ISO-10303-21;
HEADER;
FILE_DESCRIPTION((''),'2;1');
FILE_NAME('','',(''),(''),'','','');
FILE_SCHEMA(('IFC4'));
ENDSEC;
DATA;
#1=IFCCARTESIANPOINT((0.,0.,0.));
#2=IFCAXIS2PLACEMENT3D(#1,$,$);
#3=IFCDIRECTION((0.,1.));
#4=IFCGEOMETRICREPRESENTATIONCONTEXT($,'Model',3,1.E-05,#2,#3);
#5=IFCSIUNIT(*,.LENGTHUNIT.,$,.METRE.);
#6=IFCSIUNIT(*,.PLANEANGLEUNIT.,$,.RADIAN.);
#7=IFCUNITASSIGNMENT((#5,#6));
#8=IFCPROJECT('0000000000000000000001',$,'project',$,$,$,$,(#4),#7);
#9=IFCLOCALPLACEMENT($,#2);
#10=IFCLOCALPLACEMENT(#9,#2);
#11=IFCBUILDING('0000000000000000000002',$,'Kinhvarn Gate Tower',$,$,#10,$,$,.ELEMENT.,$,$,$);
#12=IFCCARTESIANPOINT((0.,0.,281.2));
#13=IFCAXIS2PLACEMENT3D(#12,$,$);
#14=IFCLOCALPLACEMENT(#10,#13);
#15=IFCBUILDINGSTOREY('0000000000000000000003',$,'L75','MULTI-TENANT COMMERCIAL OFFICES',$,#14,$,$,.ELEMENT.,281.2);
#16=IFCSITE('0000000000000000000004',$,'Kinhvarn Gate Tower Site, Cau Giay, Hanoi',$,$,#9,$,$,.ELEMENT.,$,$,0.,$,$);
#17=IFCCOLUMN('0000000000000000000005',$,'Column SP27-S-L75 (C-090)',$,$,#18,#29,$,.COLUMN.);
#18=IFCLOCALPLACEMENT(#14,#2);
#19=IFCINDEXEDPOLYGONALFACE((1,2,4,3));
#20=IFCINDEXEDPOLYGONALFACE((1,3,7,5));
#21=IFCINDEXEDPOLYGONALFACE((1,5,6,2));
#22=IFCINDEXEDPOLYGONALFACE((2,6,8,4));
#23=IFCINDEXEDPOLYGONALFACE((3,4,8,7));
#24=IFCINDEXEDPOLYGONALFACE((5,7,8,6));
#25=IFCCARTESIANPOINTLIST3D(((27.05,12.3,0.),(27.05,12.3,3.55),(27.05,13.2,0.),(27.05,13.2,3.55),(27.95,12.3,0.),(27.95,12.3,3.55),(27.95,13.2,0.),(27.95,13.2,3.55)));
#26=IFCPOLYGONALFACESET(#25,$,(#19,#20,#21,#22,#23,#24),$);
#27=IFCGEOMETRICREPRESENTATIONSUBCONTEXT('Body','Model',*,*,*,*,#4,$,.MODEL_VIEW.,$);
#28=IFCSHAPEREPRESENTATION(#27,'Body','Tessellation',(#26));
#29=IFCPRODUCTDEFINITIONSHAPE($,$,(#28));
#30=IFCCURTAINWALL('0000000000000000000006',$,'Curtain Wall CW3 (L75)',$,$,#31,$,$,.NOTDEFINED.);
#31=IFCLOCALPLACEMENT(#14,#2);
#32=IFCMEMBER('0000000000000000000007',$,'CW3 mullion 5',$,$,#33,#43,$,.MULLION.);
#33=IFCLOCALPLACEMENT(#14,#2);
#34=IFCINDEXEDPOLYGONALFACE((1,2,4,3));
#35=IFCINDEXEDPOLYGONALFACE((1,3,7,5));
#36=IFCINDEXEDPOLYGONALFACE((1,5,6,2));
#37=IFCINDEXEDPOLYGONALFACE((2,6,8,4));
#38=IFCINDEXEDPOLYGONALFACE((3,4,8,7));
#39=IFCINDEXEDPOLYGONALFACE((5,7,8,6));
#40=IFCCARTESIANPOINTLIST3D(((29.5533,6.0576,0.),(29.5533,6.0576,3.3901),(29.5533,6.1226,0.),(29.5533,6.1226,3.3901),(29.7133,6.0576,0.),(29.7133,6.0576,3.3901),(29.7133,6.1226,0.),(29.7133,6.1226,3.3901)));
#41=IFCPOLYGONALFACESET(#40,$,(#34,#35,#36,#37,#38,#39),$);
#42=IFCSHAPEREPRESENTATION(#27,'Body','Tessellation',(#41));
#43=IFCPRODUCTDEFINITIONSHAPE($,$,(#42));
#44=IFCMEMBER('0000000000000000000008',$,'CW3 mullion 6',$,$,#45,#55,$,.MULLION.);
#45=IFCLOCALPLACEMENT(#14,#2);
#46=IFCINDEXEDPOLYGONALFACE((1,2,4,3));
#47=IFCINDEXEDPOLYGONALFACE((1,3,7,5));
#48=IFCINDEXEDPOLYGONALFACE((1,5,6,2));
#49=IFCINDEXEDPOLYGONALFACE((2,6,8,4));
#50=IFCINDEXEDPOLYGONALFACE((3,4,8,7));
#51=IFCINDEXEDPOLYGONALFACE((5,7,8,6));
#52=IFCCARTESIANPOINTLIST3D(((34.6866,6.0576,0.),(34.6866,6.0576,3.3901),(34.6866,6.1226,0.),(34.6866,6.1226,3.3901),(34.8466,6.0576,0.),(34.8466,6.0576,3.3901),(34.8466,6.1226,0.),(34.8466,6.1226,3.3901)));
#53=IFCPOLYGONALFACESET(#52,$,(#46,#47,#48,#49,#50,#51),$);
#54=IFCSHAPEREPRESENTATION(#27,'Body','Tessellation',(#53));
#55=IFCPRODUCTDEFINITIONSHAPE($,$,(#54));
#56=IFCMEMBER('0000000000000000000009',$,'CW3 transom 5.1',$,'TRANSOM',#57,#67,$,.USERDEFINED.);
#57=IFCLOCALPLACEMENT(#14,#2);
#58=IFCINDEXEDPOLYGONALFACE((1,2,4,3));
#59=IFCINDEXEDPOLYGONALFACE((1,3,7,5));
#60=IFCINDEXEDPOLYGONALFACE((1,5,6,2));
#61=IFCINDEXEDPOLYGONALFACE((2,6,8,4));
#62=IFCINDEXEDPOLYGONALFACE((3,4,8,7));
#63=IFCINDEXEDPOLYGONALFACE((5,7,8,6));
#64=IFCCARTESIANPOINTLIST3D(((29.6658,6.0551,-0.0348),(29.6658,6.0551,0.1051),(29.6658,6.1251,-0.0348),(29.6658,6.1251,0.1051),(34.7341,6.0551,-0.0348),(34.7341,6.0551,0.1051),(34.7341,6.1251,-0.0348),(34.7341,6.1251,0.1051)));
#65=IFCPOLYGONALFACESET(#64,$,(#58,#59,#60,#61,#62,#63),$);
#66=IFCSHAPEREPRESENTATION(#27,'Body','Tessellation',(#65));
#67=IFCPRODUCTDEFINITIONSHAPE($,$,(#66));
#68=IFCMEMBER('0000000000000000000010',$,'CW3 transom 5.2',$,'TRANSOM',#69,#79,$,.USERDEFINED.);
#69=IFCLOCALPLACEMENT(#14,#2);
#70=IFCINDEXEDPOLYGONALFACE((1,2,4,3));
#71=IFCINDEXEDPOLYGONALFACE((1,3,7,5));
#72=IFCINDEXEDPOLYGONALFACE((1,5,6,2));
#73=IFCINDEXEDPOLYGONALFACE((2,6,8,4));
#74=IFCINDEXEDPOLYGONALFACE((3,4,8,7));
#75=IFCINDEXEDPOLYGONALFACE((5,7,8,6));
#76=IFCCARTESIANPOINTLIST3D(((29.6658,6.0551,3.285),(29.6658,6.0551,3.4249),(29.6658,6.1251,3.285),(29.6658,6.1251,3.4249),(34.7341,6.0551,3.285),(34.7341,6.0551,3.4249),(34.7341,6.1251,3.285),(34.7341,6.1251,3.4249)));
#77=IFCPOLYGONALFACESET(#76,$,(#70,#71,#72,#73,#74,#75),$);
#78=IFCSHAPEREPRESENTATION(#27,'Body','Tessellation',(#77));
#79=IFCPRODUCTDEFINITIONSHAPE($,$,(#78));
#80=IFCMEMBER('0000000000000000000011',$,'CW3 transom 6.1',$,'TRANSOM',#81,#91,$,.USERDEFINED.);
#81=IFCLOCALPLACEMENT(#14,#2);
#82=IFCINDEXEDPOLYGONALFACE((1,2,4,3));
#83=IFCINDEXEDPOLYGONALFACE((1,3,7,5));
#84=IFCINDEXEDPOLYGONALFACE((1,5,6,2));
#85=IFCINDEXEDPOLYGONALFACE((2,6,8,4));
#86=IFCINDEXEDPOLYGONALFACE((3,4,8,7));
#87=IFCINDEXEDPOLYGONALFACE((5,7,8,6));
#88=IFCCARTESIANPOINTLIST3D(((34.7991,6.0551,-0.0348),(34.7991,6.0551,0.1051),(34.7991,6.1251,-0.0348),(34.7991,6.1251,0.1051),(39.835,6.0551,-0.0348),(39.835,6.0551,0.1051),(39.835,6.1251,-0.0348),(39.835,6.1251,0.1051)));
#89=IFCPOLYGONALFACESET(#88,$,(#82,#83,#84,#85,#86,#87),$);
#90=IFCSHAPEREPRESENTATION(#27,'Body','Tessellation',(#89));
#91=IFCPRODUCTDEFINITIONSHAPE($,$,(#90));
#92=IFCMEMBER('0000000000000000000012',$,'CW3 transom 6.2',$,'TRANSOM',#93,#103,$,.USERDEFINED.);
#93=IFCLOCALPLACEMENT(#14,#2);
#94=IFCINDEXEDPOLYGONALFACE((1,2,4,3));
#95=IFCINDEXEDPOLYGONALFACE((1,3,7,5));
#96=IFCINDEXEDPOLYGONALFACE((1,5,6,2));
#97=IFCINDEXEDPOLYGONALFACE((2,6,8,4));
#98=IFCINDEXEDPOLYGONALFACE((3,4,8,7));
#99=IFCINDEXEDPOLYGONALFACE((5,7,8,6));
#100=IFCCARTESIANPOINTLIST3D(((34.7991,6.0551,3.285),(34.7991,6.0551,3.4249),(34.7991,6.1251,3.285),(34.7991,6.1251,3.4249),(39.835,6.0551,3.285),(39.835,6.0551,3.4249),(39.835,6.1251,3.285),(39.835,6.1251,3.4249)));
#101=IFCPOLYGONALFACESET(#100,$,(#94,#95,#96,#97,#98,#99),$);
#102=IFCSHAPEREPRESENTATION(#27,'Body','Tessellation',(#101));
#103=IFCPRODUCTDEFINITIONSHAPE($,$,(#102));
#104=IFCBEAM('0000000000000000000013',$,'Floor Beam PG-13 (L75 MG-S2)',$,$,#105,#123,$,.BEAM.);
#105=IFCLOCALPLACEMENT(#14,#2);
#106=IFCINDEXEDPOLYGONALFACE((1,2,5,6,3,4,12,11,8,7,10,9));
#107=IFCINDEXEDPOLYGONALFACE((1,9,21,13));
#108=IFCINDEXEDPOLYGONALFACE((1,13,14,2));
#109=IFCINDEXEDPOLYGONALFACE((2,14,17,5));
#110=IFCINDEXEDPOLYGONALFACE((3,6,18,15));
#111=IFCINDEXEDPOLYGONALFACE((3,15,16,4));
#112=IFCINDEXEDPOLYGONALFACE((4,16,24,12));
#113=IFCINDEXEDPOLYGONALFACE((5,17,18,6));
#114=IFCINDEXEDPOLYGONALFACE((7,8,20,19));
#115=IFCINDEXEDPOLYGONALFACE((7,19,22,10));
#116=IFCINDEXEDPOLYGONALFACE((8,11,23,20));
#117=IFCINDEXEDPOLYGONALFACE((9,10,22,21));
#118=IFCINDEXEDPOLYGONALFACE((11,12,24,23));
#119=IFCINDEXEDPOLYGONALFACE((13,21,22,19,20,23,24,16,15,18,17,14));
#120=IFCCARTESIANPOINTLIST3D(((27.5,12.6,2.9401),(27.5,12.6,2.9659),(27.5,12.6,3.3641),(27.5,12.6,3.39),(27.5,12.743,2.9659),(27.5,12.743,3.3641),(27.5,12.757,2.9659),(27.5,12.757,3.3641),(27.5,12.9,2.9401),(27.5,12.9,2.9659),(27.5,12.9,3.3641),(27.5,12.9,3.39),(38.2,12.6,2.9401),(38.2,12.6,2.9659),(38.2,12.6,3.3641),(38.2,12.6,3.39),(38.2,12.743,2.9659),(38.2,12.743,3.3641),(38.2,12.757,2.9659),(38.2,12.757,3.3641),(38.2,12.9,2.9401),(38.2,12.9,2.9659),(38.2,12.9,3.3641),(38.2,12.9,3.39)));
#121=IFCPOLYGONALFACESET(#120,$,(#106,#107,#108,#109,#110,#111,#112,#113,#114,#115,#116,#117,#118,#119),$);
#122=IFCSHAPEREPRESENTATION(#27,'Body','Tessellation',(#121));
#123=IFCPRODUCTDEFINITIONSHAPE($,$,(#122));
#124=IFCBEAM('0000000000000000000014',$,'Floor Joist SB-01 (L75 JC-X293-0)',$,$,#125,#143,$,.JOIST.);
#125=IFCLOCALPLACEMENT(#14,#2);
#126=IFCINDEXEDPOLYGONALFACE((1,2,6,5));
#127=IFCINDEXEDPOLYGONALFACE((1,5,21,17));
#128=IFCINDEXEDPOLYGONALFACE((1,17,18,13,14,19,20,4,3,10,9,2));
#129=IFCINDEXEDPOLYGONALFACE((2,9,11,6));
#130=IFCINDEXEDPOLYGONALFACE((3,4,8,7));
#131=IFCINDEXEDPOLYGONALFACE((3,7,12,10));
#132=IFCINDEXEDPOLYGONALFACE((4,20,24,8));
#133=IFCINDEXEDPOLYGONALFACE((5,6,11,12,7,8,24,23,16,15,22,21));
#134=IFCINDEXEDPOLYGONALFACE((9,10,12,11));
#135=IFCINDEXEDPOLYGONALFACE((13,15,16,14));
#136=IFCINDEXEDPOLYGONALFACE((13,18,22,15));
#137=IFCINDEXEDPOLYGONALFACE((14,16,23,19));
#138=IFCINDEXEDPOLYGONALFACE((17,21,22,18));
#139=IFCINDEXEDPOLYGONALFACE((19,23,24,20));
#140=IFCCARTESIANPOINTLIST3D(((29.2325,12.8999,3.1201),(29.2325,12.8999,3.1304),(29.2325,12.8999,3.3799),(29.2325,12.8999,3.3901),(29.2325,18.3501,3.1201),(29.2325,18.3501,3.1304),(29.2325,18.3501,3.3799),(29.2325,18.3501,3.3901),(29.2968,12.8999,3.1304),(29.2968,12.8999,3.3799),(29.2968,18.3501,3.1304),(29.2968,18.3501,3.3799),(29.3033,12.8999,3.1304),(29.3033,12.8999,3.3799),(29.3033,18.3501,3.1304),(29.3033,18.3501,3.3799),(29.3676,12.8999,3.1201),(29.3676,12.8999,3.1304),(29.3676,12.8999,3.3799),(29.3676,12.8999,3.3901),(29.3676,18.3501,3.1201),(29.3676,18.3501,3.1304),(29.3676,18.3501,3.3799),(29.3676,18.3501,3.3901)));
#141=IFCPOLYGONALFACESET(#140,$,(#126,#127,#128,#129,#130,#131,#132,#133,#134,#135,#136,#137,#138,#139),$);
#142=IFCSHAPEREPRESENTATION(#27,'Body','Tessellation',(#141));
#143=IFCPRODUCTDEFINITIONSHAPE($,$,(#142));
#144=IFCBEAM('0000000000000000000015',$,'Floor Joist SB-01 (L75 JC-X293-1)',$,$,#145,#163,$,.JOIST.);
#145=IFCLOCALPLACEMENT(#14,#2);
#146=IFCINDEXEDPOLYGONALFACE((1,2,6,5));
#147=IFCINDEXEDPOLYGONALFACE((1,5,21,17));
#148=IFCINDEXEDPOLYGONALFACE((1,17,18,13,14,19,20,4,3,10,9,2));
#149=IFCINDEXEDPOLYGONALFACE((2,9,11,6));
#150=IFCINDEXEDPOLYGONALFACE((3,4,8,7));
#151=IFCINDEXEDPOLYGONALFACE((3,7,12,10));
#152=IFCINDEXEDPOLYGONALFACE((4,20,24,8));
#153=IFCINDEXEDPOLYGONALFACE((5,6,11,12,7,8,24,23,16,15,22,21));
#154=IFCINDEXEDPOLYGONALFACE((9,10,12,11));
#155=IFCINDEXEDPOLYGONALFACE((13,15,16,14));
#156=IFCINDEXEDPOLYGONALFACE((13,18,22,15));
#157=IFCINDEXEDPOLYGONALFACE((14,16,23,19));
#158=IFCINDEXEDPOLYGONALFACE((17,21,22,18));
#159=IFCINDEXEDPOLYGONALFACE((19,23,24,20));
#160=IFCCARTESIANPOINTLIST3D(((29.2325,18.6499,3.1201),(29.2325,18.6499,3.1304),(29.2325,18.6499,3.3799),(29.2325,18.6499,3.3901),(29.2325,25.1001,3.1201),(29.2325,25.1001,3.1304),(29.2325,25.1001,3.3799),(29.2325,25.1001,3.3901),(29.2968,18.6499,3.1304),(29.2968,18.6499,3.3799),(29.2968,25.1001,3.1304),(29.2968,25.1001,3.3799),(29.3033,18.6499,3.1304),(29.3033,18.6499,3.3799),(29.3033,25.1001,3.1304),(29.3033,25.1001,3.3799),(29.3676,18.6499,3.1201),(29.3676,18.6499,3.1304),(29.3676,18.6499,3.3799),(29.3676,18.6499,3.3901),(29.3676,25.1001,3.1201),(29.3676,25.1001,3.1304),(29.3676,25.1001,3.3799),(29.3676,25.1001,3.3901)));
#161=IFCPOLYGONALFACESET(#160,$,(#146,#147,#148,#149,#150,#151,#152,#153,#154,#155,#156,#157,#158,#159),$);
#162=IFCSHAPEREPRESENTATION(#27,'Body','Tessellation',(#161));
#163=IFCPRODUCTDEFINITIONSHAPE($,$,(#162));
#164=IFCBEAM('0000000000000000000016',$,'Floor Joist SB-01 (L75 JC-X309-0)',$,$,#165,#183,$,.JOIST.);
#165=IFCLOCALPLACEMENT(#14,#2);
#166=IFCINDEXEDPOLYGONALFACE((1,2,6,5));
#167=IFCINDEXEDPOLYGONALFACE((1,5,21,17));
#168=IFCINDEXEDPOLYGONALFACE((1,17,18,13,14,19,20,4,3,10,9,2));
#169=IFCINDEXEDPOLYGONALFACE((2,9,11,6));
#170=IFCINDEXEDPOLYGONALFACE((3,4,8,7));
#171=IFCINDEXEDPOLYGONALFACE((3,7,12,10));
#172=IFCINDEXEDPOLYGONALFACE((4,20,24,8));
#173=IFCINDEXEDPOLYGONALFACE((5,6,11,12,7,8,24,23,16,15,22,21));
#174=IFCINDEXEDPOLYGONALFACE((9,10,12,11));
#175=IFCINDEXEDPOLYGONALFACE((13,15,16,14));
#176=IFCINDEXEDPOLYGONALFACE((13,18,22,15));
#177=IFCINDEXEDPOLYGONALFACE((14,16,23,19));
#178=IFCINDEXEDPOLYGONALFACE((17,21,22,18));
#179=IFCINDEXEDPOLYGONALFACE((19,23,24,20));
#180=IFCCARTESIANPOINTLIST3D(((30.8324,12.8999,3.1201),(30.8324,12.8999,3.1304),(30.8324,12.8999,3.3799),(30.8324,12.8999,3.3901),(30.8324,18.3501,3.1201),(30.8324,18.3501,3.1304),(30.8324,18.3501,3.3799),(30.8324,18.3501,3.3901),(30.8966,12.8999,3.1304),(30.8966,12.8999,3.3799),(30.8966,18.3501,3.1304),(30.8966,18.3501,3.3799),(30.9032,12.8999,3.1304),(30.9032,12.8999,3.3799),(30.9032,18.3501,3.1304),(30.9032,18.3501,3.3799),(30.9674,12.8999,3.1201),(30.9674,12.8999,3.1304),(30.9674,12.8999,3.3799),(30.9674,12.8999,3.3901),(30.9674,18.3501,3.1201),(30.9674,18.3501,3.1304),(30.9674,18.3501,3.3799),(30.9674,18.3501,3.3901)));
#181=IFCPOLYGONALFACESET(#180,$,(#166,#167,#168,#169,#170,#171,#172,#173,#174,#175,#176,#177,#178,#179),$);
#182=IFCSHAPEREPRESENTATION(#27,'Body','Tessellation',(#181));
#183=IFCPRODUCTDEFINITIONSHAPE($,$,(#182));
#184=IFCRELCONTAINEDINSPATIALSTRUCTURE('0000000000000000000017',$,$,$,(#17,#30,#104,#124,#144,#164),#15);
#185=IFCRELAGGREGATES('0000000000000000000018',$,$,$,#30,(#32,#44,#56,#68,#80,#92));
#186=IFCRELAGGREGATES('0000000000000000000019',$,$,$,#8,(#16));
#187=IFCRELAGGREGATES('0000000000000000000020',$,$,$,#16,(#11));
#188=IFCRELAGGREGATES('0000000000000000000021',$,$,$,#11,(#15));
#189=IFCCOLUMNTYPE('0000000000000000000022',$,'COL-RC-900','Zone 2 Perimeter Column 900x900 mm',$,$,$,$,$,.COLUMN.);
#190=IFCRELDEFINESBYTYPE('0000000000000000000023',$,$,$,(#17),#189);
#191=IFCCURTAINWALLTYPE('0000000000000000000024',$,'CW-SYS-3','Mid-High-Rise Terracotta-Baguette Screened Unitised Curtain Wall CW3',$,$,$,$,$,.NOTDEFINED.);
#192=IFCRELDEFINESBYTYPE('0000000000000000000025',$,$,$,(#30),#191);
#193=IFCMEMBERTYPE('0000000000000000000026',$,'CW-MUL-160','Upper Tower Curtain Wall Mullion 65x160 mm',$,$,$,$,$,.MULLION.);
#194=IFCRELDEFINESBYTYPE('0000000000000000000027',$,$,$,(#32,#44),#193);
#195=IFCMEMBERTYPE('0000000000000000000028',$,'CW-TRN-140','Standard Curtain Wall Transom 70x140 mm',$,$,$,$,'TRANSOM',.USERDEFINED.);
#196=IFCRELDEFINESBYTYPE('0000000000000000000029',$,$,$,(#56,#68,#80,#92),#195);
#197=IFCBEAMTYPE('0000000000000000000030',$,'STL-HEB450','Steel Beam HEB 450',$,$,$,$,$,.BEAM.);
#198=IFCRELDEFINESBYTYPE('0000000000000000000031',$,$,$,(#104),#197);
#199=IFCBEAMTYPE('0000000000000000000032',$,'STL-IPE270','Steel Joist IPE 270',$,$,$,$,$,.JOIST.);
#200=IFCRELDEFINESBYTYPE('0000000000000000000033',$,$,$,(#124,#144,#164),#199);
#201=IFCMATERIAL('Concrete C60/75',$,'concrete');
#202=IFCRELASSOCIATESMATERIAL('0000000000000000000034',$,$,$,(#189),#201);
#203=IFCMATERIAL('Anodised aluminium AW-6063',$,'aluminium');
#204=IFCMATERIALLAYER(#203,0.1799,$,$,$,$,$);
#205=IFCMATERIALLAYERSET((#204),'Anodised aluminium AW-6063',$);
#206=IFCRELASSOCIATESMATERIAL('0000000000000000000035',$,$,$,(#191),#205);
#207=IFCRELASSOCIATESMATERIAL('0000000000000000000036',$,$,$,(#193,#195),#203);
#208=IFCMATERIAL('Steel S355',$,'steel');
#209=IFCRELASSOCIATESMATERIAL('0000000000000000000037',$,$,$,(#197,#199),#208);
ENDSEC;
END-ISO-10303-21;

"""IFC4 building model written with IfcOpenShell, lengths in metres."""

from ifc_helpers import new_model, si_unit, direction, frame, origin, origin_2d, place, context, subcontext, project, spatial, rectangle, i_section, extrude, material, layer, layer_set, material_profile, profile_set, type_object, element, aggregate, save


model = new_model("IFC4")

# Units and contexts
model_context = context("Model", 3, precision=1e-05, world=origin(), true_north=direction((0.0, 1.0)))
body_context = subcontext(model_context, "Body", "Model", "MODEL_VIEW")
ifc_project = project(units=[si_unit("LENGTHUNIT", "METRE"), si_unit("PLANEANGLEUNIT", "RADIAN")], contexts=[model_context])

# Site, building, storey
site_placement = place(None, origin())
site = spatial("IfcSite", under=ifc_project, at=site_placement, Name="Kinhvarn Gate Tower Site, Cau Giay, Hanoi", CompositionType="ELEMENT", RefElevation=0.0)
building_placement = place(site_placement, origin())
building = spatial("IfcBuilding", under=site, at=building_placement, Name="Kinhvarn Gate Tower", CompositionType="ELEMENT")
storey_placement = place(building_placement, frame((0.0, 0.0, 281.2)))
storey = spatial("IfcBuildingStorey", under=building, at=storey_placement, Name="L75", Description="MULTI-TENANT COMMERCIAL OFFICES", CompositionType="ELEMENT", Elevation=281.2)

# Column
ifc_material_1 = material(Name="Concrete C60/75", Category="concrete")
ifc_material_profile_1 = material_profile(ifc_material_1, rectangle(XDim=0.8999, YDim=0.8999, at=origin_2d()), Name="RC 900x900")
ifc_profile_set_1 = profile_set([ifc_material_profile_1], Name="Concrete C60/75")
column_type = type_object("IfcColumnType", Name="COL-RC-900", Description="Zone 2 Perimeter Column 900x900 mm", PredefinedType="COLUMN", material=ifc_profile_set_1)
column_placement = place(storey_placement, frame((27.5, 12.75, 0.0), z_axis=(0.0, 0.0, 1.0), x_axis=(1.0, 0.0, 0.0)))
element("IfcColumn", 1, at=column_placement, inside=storey, type_object=column_type, Name="Column SP27-S-L75 (C-090)", PredefinedType="COLUMN", context=body_context, shape_type="SweptSolid", body=[
    extrude(rectangle(XDim=0.8999, YDim=0.8999, at=origin_2d()), origin(), (0.0, 0.0, 1.0), 3.55),
])

# Curtain wall, members
ifc_material_2 = material(Name="Anodised aluminium AW-6063", Category="aluminium")
ifc_layer_1 = layer(ifc_material_2, 0.1799)
ifc_layer_set_1 = layer_set([ifc_layer_1], Name="Anodised aluminium AW-6063")
curtain_wall_type = type_object("IfcCurtainWallType", Name="CW-SYS-3", Description="Mid-High-Rise Terracotta-Baguette Screened Unitised Curtain Wall CW3", PredefinedType="NOTDEFINED", material=ifc_layer_set_1)
curtain_wall_placement = place(storey_placement, origin())
curtain_wall = element("IfcCurtainWall", 2, at=curtain_wall_placement, inside=storey, type_object=curtain_wall_type, Name="Curtain Wall CW3 (L75)", PredefinedType="NOTDEFINED")
ifc_material_profile_2 = material_profile(ifc_material_2, rectangle(XDim=0.0649, YDim=0.1599, at=origin_2d()), Name="ALU 65x160")
ifc_profile_set_2 = profile_set([ifc_material_profile_2], Name="Anodised aluminium AW-6063")
member_type_1 = type_object("IfcMemberType", Name="CW-MUL-160", Description="Upper Tower Curtain Wall Mullion 65x160 mm", PredefinedType="MULLION", material=ifc_profile_set_2)
member_1_placement = place(storey_placement, frame((29.6333, 6.0901, 0.0), z_axis=(0.0, 0.0, 1.0), x_axis=(0.0, 1.0, 0.0)))
member_1 = element("IfcMember", 3, at=member_1_placement, type_object=member_type_1, Name="CW3 mullion 5", PredefinedType="MULLION", context=body_context, shape_type="SweptSolid", body=[
    extrude(rectangle(XDim=0.0649, YDim=0.1599, at=origin_2d()), origin(), (0.0, 0.0, 1.0), 3.3901),
])
member_2_placement = place(storey_placement, frame((34.7666, 6.0901, 0.0), z_axis=(0.0, 0.0, 1.0), x_axis=(0.0, 1.0, 0.0)))
member_2 = element("IfcMember", 4, at=member_2_placement, type_object=member_type_1, Name="CW3 mullion 6", PredefinedType="MULLION", context=body_context, shape_type="SweptSolid", body=[
    extrude(rectangle(XDim=0.0649, YDim=0.1599, at=origin_2d()), origin(), (0.0, 0.0, 1.0), 3.3901),
])
ifc_material_profile_3 = material_profile(ifc_material_2, rectangle(XDim=0.0701, YDim=0.1399, at=origin_2d()), Name="ALU 70x140")
ifc_profile_set_3 = profile_set([ifc_material_profile_3], Name="Anodised aluminium AW-6063")
member_type_2 = type_object("IfcMemberType", Name="CW-TRN-140", Description="Standard Curtain Wall Transom 70x140 mm", ElementType="TRANSOM", PredefinedType="USERDEFINED", material=ifc_profile_set_3)
member_3_placement = place(storey_placement, frame((29.6658, 6.0901, 0.0352), z_axis=(1.0, 0.0, 0.0), x_axis=(0.0, 1.0, 0.0)))
member_3 = element("IfcMember", 5, at=member_3_placement, type_object=member_type_2, Name="CW3 transom 5.1", ObjectType="TRANSOM", PredefinedType="USERDEFINED", context=body_context, shape_type="SweptSolid", body=[
    extrude(rectangle(XDim=0.0701, YDim=0.1399, at=origin_2d()), origin(), (0.0, 0.0, 1.0), 5.0684),
])
member_4_placement = place(storey_placement, frame((29.6658, 6.0901, 3.355), z_axis=(1.0, 0.0, 0.0), x_axis=(0.0, 1.0, 0.0)))
member_4 = element("IfcMember", 6, at=member_4_placement, type_object=member_type_2, Name="CW3 transom 5.2", ObjectType="TRANSOM", PredefinedType="USERDEFINED", context=body_context, shape_type="SweptSolid", body=[
    extrude(rectangle(XDim=0.0701, YDim=0.1399, at=origin_2d()), origin(), (0.0, 0.0, 1.0), 5.0684),
])
member_5_placement = place(storey_placement, frame((34.7991, 6.0901, 0.0352), z_axis=(1.0, 0.0, 0.0), x_axis=(0.0, 1.0, 0.0)))
member_5 = element("IfcMember", 7, at=member_5_placement, type_object=member_type_2, Name="CW3 transom 6.1", ObjectType="TRANSOM", PredefinedType="USERDEFINED", context=body_context, shape_type="SweptSolid", body=[
    extrude(rectangle(XDim=0.0701, YDim=0.1399, at=origin_2d()), origin(), (0.0, 0.0, 1.0), 5.0359),
])
member_6_placement = place(storey_placement, frame((34.7991, 6.0901, 3.355), z_axis=(1.0, 0.0, 0.0), x_axis=(0.0, 1.0, 0.0)))
member_6 = element("IfcMember", 8, at=member_6_placement, type_object=member_type_2, Name="CW3 transom 6.2", ObjectType="TRANSOM", PredefinedType="USERDEFINED", context=body_context, shape_type="SweptSolid", body=[
    extrude(rectangle(XDim=0.0701, YDim=0.1399, at=origin_2d()), origin(), (0.0, 0.0, 1.0), 5.0359),
])

# Beams
ifc_material_3 = material(Name="Steel S355", Category="steel")
ifc_material_profile_4 = material_profile(ifc_material_3, i_section(OverallWidth=0.3, OverallDepth=0.45, WebThickness=0.0139, FlangeThickness=0.0259, at=origin_2d()), Name="HEB 450")
ifc_profile_set_4 = profile_set([ifc_material_profile_4], Name="Steel S355")
beam_type_1 = type_object("IfcBeamType", Name="STL-HEB450", Description="Steel Beam HEB 450", PredefinedType="BEAM", material=ifc_profile_set_4)
beam_1_placement = place(storey_placement, frame((27.5, 12.75, 3.165), z_axis=(1.0, 0.0, 0.0), x_axis=(0.0, 1.0, 0.0)))
element("IfcBeam", 9, at=beam_1_placement, inside=storey, type_object=beam_type_1, Name="Floor Beam PG-13 (L75 MG-S2)", PredefinedType="BEAM", context=body_context, shape_type="SweptSolid", body=[
    extrude(i_section(OverallWidth=0.3, OverallDepth=0.45, WebThickness=0.0139, FlangeThickness=0.0259, at=origin_2d()), origin(), (0.0, 0.0, 1.0), 10.7),
])
ifc_material_profile_5 = material_profile(ifc_material_3, i_section(OverallWidth=0.135, OverallDepth=0.27, WebThickness=0.0066, FlangeThickness=0.0103, at=origin_2d()), Name="IPE 270")
ifc_profile_set_5 = profile_set([ifc_material_profile_5], Name="Steel S355")
beam_type_2 = type_object("IfcBeamType", Name="STL-IPE270", Description="Steel Joist IPE 270", PredefinedType="JOIST", material=ifc_profile_set_5)
beam_2_placement = place(storey_placement, frame((29.3, 12.8999, 3.2551), z_axis=(0.0, 1.0, 0.0), x_axis=(-1.0, 0.0, 0.0)))
element("IfcBeam", 10, at=beam_2_placement, inside=storey, type_object=beam_type_2, Name="Floor Joist SB-01 (L75 JC-X293-0)", PredefinedType="JOIST", context=body_context, shape_type="SweptSolid", body=[
    extrude(i_section(OverallWidth=0.135, OverallDepth=0.27, WebThickness=0.0066, FlangeThickness=0.0103, at=origin_2d()), origin(), (0.0, 0.0, 1.0), 5.4502),
])
beam_3_placement = place(storey_placement, frame((29.3, 18.6499, 3.2551), z_axis=(0.0, 1.0, 0.0), x_axis=(-1.0, 0.0, 0.0)))
element("IfcBeam", 11, at=beam_3_placement, inside=storey, type_object=beam_type_2, Name="Floor Joist SB-01 (L75 JC-X293-1)", PredefinedType="JOIST", context=body_context, shape_type="SweptSolid", body=[
    extrude(i_section(OverallWidth=0.135, OverallDepth=0.27, WebThickness=0.0066, FlangeThickness=0.0103, at=origin_2d()), origin(), (0.0, 0.0, 1.0), 6.4502),
])
beam_4_placement = place(storey_placement, frame((30.8999, 12.8999, 3.2551), z_axis=(0.0, 1.0, 0.0), x_axis=(-1.0, 0.0, 0.0)))
element("IfcBeam", 12, at=beam_4_placement, inside=storey, type_object=beam_type_2, Name="Floor Joist SB-01 (L75 JC-X309-0)", PredefinedType="JOIST", context=body_context, shape_type="SweptSolid", body=[
    extrude(i_section(OverallWidth=0.135, OverallDepth=0.27, WebThickness=0.0066, FlangeThickness=0.0103, at=origin_2d()), origin(), (0.0, 0.0, 1.0), 5.4502),
])

aggregate(curtain_wall, [member_1, member_2, member_3, member_4, member_5, member_6])

save(model, "model.ifc")
